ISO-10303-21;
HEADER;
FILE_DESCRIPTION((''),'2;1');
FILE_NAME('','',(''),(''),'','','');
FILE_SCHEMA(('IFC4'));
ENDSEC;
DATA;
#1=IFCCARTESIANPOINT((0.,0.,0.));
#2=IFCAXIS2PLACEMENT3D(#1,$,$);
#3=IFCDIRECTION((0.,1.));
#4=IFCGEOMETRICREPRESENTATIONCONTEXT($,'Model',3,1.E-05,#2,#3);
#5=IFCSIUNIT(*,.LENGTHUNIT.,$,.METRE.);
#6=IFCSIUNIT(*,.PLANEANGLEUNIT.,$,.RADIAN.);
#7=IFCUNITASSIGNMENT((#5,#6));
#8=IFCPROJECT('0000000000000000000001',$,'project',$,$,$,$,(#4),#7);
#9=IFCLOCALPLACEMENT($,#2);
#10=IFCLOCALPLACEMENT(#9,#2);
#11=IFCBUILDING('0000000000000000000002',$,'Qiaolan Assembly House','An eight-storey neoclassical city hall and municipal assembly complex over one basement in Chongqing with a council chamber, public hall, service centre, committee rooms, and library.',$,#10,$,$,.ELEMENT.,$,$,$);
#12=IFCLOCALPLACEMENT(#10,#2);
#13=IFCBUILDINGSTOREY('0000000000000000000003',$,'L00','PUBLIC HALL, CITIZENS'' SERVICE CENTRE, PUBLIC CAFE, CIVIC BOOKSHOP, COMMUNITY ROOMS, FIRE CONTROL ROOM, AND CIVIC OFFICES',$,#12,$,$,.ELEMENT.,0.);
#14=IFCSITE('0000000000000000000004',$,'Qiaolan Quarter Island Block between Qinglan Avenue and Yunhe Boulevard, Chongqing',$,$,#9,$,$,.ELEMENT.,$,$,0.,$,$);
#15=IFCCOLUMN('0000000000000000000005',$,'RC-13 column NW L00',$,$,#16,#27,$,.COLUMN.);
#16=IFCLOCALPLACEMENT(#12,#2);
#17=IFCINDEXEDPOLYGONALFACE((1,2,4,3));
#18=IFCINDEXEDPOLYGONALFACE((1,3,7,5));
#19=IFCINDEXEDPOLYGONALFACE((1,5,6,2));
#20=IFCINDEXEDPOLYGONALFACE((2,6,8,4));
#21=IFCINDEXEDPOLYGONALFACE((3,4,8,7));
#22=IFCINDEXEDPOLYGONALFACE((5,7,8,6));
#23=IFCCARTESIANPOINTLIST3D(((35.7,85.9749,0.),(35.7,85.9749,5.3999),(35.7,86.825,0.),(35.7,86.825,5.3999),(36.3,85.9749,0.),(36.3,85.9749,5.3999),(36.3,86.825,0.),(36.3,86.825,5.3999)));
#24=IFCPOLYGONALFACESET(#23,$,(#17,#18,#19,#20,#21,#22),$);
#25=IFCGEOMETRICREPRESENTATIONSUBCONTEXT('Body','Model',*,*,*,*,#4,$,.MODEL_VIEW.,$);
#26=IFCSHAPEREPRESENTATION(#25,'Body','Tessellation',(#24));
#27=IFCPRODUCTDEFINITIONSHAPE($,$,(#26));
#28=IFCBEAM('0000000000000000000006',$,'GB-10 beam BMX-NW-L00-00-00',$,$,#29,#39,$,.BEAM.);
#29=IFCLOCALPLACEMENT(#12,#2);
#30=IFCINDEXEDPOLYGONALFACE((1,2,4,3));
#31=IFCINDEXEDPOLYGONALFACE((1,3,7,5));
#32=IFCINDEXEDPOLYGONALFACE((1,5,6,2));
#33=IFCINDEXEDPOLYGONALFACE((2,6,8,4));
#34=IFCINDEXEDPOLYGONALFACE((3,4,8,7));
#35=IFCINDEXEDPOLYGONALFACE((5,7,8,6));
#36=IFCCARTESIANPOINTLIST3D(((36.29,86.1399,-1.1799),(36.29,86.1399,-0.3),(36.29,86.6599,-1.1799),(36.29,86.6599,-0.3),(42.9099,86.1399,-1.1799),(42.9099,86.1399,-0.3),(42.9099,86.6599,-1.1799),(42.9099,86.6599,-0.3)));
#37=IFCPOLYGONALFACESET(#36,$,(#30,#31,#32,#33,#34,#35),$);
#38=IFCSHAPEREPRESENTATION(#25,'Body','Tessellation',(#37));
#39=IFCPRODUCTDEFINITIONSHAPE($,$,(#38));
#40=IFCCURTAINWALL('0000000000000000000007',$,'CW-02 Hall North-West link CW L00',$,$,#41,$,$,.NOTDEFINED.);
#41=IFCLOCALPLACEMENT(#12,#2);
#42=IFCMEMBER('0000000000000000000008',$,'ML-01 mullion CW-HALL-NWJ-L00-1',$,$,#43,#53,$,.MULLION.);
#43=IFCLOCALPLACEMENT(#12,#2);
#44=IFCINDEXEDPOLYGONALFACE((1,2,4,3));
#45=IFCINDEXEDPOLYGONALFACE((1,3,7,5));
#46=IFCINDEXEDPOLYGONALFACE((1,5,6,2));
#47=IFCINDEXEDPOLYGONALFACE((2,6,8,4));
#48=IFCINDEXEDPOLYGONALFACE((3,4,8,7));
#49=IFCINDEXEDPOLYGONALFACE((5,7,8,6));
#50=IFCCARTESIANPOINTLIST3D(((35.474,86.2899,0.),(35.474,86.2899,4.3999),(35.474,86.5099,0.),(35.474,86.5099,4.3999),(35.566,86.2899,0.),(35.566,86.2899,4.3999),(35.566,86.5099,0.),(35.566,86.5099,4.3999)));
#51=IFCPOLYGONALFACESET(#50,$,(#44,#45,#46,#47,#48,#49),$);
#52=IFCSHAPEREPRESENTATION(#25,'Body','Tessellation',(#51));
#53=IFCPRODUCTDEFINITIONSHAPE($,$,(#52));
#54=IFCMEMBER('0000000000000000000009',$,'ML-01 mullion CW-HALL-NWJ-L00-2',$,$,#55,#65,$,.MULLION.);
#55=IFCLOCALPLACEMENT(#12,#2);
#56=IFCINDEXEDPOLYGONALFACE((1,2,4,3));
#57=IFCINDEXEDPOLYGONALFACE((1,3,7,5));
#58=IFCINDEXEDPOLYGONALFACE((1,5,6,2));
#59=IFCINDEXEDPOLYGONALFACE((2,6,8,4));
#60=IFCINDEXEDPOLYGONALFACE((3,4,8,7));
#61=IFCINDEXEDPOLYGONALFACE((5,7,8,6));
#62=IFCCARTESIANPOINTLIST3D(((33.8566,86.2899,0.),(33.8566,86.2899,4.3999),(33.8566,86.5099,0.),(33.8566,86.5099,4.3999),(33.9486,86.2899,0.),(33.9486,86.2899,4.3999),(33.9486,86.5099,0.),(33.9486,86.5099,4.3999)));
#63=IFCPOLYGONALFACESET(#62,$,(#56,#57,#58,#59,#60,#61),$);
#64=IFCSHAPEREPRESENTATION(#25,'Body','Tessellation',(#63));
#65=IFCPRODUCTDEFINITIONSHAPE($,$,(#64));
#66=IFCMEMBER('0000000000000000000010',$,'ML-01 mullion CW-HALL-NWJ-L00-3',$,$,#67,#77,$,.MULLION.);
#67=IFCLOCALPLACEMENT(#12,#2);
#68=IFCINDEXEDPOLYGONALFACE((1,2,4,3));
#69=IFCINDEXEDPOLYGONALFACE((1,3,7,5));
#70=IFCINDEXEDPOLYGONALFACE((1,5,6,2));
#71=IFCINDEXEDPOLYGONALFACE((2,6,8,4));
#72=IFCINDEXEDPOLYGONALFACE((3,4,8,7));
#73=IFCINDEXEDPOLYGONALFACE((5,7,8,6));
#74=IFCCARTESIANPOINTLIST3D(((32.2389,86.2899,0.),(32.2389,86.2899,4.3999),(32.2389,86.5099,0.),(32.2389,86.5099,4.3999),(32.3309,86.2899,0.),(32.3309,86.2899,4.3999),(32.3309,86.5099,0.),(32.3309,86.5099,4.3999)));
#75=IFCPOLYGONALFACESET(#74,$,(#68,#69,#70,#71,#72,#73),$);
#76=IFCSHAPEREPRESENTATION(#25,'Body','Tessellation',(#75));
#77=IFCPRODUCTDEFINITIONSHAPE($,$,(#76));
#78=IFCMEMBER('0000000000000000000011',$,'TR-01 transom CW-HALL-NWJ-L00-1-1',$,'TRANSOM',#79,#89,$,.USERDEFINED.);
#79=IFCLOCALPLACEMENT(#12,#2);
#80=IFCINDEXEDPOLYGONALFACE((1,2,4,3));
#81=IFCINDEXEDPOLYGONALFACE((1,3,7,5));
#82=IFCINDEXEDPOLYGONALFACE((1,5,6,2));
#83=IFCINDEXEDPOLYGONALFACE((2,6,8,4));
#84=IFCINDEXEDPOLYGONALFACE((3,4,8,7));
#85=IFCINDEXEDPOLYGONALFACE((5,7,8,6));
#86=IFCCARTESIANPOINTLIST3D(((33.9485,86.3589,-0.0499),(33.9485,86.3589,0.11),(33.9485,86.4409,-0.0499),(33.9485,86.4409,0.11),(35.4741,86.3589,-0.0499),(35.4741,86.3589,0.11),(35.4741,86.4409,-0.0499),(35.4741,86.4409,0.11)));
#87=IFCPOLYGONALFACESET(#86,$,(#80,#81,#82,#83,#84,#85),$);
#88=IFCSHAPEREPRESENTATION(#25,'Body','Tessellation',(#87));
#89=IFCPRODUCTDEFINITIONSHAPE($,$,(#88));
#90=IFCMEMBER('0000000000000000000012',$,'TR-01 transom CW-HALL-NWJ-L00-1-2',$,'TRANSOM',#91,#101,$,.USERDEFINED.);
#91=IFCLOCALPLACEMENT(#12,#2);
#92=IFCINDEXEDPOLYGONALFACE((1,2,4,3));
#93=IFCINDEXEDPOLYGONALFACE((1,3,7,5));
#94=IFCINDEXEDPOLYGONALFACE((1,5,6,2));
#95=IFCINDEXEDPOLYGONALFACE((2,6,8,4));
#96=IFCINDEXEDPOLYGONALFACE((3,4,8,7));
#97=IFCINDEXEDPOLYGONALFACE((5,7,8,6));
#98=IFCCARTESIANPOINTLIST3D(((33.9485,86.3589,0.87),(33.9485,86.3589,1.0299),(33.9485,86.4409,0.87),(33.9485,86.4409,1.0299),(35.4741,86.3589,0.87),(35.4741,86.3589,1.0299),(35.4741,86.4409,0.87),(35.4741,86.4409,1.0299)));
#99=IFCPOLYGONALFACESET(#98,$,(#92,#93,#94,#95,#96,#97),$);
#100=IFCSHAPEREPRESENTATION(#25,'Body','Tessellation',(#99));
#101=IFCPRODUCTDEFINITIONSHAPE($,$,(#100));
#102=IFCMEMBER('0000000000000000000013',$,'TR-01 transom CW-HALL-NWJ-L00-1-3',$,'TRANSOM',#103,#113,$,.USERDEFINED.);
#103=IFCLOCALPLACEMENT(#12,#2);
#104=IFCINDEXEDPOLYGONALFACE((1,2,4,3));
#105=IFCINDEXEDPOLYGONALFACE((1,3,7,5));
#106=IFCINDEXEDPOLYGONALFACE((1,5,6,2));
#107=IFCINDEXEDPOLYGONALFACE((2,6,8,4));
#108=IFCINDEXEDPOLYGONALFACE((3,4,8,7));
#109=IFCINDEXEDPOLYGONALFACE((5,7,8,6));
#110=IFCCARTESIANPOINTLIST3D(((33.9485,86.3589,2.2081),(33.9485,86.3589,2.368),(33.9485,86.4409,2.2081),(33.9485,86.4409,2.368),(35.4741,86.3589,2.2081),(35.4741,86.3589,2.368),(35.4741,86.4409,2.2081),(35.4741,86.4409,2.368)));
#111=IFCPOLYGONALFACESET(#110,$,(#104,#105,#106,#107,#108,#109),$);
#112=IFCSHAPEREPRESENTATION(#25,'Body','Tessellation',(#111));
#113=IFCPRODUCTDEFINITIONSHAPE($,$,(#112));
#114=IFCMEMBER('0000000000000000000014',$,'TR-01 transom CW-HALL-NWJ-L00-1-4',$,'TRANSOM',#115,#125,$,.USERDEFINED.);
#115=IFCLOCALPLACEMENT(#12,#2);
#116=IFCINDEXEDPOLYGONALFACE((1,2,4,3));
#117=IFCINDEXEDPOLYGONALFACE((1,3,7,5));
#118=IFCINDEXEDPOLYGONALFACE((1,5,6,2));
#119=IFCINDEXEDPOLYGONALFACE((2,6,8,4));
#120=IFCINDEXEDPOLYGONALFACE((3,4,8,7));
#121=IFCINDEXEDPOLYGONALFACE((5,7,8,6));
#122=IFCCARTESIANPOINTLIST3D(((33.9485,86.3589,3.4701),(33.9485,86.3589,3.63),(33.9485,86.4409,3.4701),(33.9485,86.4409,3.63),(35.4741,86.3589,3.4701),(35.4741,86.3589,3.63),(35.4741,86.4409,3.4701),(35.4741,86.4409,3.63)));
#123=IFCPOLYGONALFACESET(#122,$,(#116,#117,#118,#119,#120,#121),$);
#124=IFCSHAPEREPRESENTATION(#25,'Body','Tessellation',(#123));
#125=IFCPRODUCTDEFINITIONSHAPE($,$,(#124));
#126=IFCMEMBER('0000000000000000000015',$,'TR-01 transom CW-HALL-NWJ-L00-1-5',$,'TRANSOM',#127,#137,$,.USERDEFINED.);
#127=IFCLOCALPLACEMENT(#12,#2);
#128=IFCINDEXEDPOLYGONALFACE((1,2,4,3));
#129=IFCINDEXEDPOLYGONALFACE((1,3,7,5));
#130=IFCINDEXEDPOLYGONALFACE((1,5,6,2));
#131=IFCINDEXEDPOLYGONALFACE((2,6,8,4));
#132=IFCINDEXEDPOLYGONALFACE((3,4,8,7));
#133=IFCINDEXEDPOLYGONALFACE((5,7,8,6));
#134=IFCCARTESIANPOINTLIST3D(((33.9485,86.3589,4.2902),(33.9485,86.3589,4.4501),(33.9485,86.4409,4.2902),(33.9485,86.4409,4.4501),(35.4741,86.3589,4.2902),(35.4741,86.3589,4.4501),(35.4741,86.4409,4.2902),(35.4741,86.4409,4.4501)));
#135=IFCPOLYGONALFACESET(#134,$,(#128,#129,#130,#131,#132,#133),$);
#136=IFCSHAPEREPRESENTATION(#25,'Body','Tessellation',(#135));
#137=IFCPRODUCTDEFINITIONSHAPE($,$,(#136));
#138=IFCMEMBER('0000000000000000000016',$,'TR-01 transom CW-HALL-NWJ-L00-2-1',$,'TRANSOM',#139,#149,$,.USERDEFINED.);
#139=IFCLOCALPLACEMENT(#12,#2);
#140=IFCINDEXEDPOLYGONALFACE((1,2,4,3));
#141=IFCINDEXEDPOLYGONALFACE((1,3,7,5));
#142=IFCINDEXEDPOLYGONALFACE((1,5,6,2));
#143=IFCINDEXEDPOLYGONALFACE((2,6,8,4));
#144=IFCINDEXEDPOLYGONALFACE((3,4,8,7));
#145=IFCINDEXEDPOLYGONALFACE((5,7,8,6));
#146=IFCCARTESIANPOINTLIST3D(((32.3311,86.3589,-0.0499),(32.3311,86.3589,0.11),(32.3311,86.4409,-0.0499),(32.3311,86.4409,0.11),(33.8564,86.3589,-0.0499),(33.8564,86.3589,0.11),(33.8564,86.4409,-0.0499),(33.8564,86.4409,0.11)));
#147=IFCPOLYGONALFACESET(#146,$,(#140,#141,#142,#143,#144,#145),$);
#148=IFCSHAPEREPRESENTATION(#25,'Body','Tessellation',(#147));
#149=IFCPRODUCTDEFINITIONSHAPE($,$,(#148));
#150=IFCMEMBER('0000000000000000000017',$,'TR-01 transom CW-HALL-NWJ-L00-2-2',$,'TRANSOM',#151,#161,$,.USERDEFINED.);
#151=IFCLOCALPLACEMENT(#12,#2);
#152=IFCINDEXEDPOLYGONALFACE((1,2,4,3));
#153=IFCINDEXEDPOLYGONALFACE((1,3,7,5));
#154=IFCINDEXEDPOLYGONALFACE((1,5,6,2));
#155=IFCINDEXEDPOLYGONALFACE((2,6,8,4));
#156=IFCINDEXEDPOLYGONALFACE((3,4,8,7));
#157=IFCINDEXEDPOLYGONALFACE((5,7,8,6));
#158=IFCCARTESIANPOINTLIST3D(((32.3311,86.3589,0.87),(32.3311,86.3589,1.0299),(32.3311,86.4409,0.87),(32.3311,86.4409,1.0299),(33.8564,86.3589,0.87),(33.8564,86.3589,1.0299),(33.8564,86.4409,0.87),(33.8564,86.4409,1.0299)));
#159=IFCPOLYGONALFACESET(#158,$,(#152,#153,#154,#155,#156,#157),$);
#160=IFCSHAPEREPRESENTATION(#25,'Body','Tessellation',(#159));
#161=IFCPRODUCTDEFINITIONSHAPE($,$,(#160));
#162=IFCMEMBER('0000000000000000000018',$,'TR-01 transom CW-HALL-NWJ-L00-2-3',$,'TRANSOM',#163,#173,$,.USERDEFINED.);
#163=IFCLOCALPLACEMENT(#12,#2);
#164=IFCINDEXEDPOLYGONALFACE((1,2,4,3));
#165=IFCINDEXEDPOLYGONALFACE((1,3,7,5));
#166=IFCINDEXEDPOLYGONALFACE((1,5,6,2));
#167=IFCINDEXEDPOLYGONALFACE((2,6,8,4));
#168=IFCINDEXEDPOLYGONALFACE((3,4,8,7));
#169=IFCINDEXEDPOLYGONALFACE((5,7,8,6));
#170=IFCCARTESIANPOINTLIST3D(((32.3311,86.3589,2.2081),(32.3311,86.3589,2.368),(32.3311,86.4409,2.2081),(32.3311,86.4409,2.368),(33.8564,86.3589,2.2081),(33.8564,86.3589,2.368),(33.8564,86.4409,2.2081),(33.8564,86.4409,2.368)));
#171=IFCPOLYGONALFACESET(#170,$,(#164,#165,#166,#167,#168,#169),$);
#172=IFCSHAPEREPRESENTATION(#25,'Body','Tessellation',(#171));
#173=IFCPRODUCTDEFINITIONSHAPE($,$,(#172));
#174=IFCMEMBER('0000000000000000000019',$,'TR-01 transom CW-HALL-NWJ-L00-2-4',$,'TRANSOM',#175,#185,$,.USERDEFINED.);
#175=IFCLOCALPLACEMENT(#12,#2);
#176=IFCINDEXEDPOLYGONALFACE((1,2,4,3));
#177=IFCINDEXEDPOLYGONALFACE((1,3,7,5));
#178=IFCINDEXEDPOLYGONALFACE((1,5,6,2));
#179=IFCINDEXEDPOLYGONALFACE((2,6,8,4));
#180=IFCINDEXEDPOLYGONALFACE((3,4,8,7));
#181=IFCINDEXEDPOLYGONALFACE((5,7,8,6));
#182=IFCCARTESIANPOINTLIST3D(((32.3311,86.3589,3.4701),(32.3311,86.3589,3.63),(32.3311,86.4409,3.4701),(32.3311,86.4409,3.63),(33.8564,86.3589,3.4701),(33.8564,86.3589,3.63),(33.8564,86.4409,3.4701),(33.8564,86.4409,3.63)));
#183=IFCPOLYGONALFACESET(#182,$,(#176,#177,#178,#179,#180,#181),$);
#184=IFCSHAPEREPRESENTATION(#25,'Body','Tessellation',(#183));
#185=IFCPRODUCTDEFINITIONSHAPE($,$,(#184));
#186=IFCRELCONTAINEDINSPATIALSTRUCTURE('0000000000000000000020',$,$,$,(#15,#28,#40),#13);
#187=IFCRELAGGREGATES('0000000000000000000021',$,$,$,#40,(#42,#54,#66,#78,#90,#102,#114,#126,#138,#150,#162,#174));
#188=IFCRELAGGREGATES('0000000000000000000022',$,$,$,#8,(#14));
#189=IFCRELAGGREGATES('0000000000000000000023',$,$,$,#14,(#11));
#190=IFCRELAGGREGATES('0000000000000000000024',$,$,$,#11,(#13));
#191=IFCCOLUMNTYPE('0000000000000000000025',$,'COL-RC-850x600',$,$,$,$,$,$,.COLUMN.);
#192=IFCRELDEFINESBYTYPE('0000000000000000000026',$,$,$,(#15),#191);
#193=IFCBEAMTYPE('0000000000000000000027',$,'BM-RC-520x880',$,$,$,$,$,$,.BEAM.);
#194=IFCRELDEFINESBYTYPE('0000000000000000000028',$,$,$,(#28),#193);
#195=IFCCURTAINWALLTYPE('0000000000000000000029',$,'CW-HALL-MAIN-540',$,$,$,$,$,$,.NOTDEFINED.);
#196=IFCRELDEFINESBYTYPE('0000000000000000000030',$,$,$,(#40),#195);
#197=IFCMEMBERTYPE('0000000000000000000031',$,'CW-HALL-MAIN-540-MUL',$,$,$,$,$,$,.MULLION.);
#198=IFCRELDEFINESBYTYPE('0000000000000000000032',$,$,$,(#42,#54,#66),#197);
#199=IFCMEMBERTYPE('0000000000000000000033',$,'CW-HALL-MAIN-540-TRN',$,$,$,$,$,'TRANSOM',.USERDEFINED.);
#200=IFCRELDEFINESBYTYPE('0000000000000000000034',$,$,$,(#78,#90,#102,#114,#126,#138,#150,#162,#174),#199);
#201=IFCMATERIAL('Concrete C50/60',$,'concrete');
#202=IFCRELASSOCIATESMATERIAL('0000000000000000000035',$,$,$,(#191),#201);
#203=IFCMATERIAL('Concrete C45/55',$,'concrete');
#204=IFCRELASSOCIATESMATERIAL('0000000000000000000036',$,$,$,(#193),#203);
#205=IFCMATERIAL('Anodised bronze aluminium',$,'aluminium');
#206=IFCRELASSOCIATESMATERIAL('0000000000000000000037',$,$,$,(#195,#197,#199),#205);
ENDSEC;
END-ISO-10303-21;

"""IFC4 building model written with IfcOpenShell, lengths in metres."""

from ifc_helpers import new_model, si_unit, direction, frame, origin, origin_2d, place, context, subcontext, project, spatial, rectangle, extrude, material, material_profile, profile_set, type_object, element, aggregate, save


model = new_model("IFC4")

# Units and contexts
model_context = context("Model", 3, precision=1e-05, world=origin(), true_north=direction((0.0, 1.0)))
body_context = subcontext(model_context, "Body", "Model", "MODEL_VIEW")
ifc_project = project(units=[si_unit("LENGTHUNIT", "METRE"), si_unit("PLANEANGLEUNIT", "RADIAN")], contexts=[model_context])

# Site, building, storey
site_placement = place(None, origin())
site = spatial("IfcSite", under=ifc_project, at=site_placement, Name="Qiaolan Quarter Island Block between Qinglan Avenue and Yunhe Boulevard, Chongqing", CompositionType="ELEMENT", RefElevation=0.0)
building_placement = place(site_placement, origin())
building = spatial("IfcBuilding", under=site, at=building_placement, Name="Qiaolan Assembly House", Description="An eight-storey neoclassical city hall and municipal assembly complex over one basement in Chongqing with a council chamber, public hall, service centre, committee rooms, and library.", CompositionType="ELEMENT")
storey_placement = place(building_placement, origin())
storey = spatial("IfcBuildingStorey", under=building, at=storey_placement, Name="L00", Description="PUBLIC HALL, CITIZENS' SERVICE CENTRE, PUBLIC CAFE, CIVIC BOOKSHOP, COMMUNITY ROOMS, FIRE CONTROL ROOM, AND CIVIC OFFICES", CompositionType="ELEMENT", Elevation=0.0)

# Column
ifc_material_1 = material(Name="Concrete C50/60", Category="concrete")
ifc_material_profile_1 = material_profile(ifc_material_1, rectangle(XDim=0.6001, YDim=0.8501, at=origin_2d()), Name="RC 850x600")
ifc_profile_set_1 = profile_set([ifc_material_profile_1], Name="Concrete C50/60")
column_type = type_object("IfcColumnType", Name="COL-RC-850x600", PredefinedType="COLUMN", material=ifc_profile_set_1)
column_placement = place(storey_placement, frame((36.0, 86.3999, 0.0), z_axis=(0.0, 0.0, 1.0), x_axis=(1.0, 0.0, 0.0)))
element("IfcColumn", 1, at=column_placement, inside=storey, type_object=column_type, Name="RC-13 column NW L00", PredefinedType="COLUMN", context=body_context, shape_type="SweptSolid", body=[
    extrude(rectangle(XDim=0.6001, YDim=0.8501, at=origin_2d()), origin(), (0.0, 0.0, 1.0), 5.3999),
])

# Beam
ifc_material_2 = material(Name="Concrete C45/55", Category="concrete")
ifc_material_profile_2 = material_profile(ifc_material_2, rectangle(XDim=0.52, YDim=0.8799, at=origin_2d()), Name="RCB 520x880")
ifc_profile_set_2 = profile_set([ifc_material_profile_2], Name="Concrete C45/55")
beam_type_1 = type_object("IfcBeamType", Name="BM-RC-520x880", PredefinedType="BEAM", material=ifc_profile_set_2)
beam_placement = place(storey_placement, frame((36.29, 86.3999, -0.74), z_axis=(1.0, 0.0, 0.0), x_axis=(0.0, 1.0, 0.0)))
element("IfcBeam", 2, at=beam_placement, inside=storey, type_object=beam_type_1, Name="GB-10 beam BMX-NW-L00-00-00", PredefinedType="BEAM", context=body_context, shape_type="SweptSolid", body=[
    extrude(rectangle(XDim=0.52, YDim=0.8799, at=origin_2d()), origin(), (0.0, 0.0, 1.0), 6.6199),
])

# Curtain wall, members
ifc_material_3 = material(Name="Anodised bronze aluminium", Category="aluminium")
curtain_wall_type = type_object("IfcCurtainWallType", Name="CW-HALL-MAIN-540", PredefinedType="NOTDEFINED", material=ifc_material_3)
curtain_wall_placement = place(storey_placement, origin())
curtain_wall = element("IfcCurtainWall", 3, at=curtain_wall_placement, inside=storey, type_object=curtain_wall_type, Name="CW-02 Hall North-West link CW L00", PredefinedType="NOTDEFINED")
ifc_material_profile_3 = material_profile(ifc_material_3, rectangle(XDim=0.092, YDim=0.22, at=origin_2d()), Name="MUL 92x220")
ifc_profile_set_3 = profile_set([ifc_material_profile_3], Name="Anodised bronze aluminium")
member_type_1 = type_object("IfcMemberType", Name="CW-HALL-MAIN-540-MUL", PredefinedType="MULLION", material=ifc_profile_set_3)
member_1_placement = place(storey_placement, frame((35.52, 86.3999, 0.0), z_axis=(0.0, 0.0, 1.0), x_axis=(-1.0, 0.0, 0.0)))
member_1 = element("IfcMember", 4, at=member_1_placement, type_object=member_type_1, Name="ML-01 mullion CW-HALL-NWJ-L00-1", PredefinedType="MULLION", context=body_context, shape_type="SweptSolid", body=[
    extrude(rectangle(XDim=0.092, YDim=0.22, at=origin_2d()), origin(), (0.0, 0.0, 1.0), 4.3999),
])
member_2_placement = place(storey_placement, frame((33.9026, 86.3999, 0.0), z_axis=(0.0, 0.0, 1.0), x_axis=(-1.0, 0.0, 0.0)))
member_2 = element("IfcMember", 5, at=member_2_placement, type_object=member_type_1, Name="ML-01 mullion CW-HALL-NWJ-L00-2", PredefinedType="MULLION", context=body_context, shape_type="SweptSolid", body=[
    extrude(rectangle(XDim=0.092, YDim=0.22, at=origin_2d()), origin(), (0.0, 0.0, 1.0), 4.3999),
])
member_3_placement = place(storey_placement, frame((32.2849, 86.3999, 0.0), z_axis=(0.0, 0.0, 1.0), x_axis=(-1.0, 0.0, 0.0)))
member_3 = element("IfcMember", 6, at=member_3_placement, type_object=member_type_1, Name="ML-01 mullion CW-HALL-NWJ-L00-3", PredefinedType="MULLION", context=body_context, shape_type="SweptSolid", body=[
    extrude(rectangle(XDim=0.092, YDim=0.22, at=origin_2d()), origin(), (0.0, 0.0, 1.0), 4.3999),
])
ifc_material_profile_4 = material_profile(ifc_material_3, rectangle(XDim=0.082, YDim=0.1599, at=origin_2d()), Name="TRN 82x160")
ifc_profile_set_4 = profile_set([ifc_material_profile_4], Name="Anodised bronze aluminium")
member_type_2 = type_object("IfcMemberType", Name="CW-HALL-MAIN-540-TRN", ElementType="TRANSOM", PredefinedType="USERDEFINED", material=ifc_profile_set_4)
member_4_placement = place(storey_placement, frame((35.4741, 86.3999, 0.03), z_axis=(-1.0, 0.0, 0.0), x_axis=(0.0, -1.0, 0.0)))
member_4 = element("IfcMember", 7, at=member_4_placement, type_object=member_type_2, Name="TR-01 transom CW-HALL-NWJ-L00-1-1", ObjectType="TRANSOM", PredefinedType="USERDEFINED", context=body_context, shape_type="SweptSolid", body=[
    extrude(rectangle(XDim=0.082, YDim=0.1599, at=origin_2d()), origin(), (0.0, 0.0, 1.0), 1.5256),
])
member_5_placement = place(storey_placement, frame((35.4741, 86.3999, 0.95), z_axis=(-1.0, 0.0, 0.0), x_axis=(0.0, -1.0, 0.0)))
member_5 = element("IfcMember", 8, at=member_5_placement, type_object=member_type_2, Name="TR-01 transom CW-HALL-NWJ-L00-1-2", ObjectType="TRANSOM", PredefinedType="USERDEFINED", context=body_context, shape_type="SweptSolid", body=[
    extrude(rectangle(XDim=0.082, YDim=0.1599, at=origin_2d()), origin(), (0.0, 0.0, 1.0), 1.5256),
])
member_6_placement = place(storey_placement, frame((35.4741, 86.3999, 2.2881), z_axis=(-1.0, 0.0, 0.0), x_axis=(0.0, -1.0, 0.0)))
member_6 = element("IfcMember", 9, at=member_6_placement, type_object=member_type_2, Name="TR-01 transom CW-HALL-NWJ-L00-1-3", ObjectType="TRANSOM", PredefinedType="USERDEFINED", context=body_context, shape_type="SweptSolid", body=[
    extrude(rectangle(XDim=0.082, YDim=0.1599, at=origin_2d()), origin(), (0.0, 0.0, 1.0), 1.5256),
])
member_7_placement = place(storey_placement, frame((35.4741, 86.3999, 3.55), z_axis=(-1.0, 0.0, 0.0), x_axis=(0.0, -1.0, 0.0)))
member_7 = element("IfcMember", 10, at=member_7_placement, type_object=member_type_2, Name="TR-01 transom CW-HALL-NWJ-L00-1-4", ObjectType="TRANSOM", PredefinedType="USERDEFINED", context=body_context, shape_type="SweptSolid", body=[
    extrude(rectangle(XDim=0.082, YDim=0.1599, at=origin_2d()), origin(), (0.0, 0.0, 1.0), 1.5256),
])
member_8_placement = place(storey_placement, frame((35.4741, 86.3999, 4.3701), z_axis=(-1.0, 0.0, 0.0), x_axis=(0.0, -1.0, 0.0)))
member_8 = element("IfcMember", 11, at=member_8_placement, type_object=member_type_2, Name="TR-01 transom CW-HALL-NWJ-L00-1-5", ObjectType="TRANSOM", PredefinedType="USERDEFINED", context=body_context, shape_type="SweptSolid", body=[
    extrude(rectangle(XDim=0.082, YDim=0.1599, at=origin_2d()), origin(), (0.0, 0.0, 1.0), 1.5256),
])
member_9_placement = place(storey_placement, frame((33.8564, 86.3999, 0.03), z_axis=(-1.0, 0.0, 0.0), x_axis=(0.0, -1.0, 0.0)))
member_9 = element("IfcMember", 12, at=member_9_placement, type_object=member_type_2, Name="TR-01 transom CW-HALL-NWJ-L00-2-1", ObjectType="TRANSOM", PredefinedType="USERDEFINED", context=body_context, shape_type="SweptSolid", body=[
    extrude(rectangle(XDim=0.082, YDim=0.1599, at=origin_2d()), origin(), (0.0, 0.0, 1.0), 1.5254),
])
member_10_placement = place(storey_placement, frame((33.8564, 86.3999, 0.95), z_axis=(-1.0, 0.0, 0.0), x_axis=(0.0, -1.0, 0.0)))
member_10 = element("IfcMember", 13, at=member_10_placement, type_object=member_type_2, Name="TR-01 transom CW-HALL-NWJ-L00-2-2", ObjectType="TRANSOM", PredefinedType="USERDEFINED", context=body_context, shape_type="SweptSolid", body=[
    extrude(rectangle(XDim=0.082, YDim=0.1599, at=origin_2d()), origin(), (0.0, 0.0, 1.0), 1.5254),
])
member_11_placement = place(storey_placement, frame((33.8564, 86.3999, 2.2881), z_axis=(-1.0, 0.0, 0.0), x_axis=(0.0, -1.0, 0.0)))
member_11 = element("IfcMember", 14, at=member_11_placement, type_object=member_type_2, Name="TR-01 transom CW-HALL-NWJ-L00-2-3", ObjectType="TRANSOM", PredefinedType="USERDEFINED", context=body_context, shape_type="SweptSolid", body=[
    extrude(rectangle(XDim=0.082, YDim=0.1599, at=origin_2d()), origin(), (0.0, 0.0, 1.0), 1.5254),
])
member_12_placement = place(storey_placement, frame((33.8564, 86.3999, 3.55), z_axis=(-1.0, 0.0, 0.0), x_axis=(0.0, -1.0, 0.0)))
member_12 = element("IfcMember", 15, at=member_12_placement, type_object=member_type_2, Name="TR-01 transom CW-HALL-NWJ-L00-2-4", ObjectType="TRANSOM", PredefinedType="USERDEFINED", context=body_context, shape_type="SweptSolid", body=[
    extrude(rectangle(XDim=0.082, YDim=0.1599, at=origin_2d()), origin(), (0.0, 0.0, 1.0), 1.5254),
])

aggregate(curtain_wall, [member_1, member_2, member_3, member_4, member_5, member_6, member_7, member_8, member_9, member_10, member_11, member_12])

save(model, "model.ifc")
